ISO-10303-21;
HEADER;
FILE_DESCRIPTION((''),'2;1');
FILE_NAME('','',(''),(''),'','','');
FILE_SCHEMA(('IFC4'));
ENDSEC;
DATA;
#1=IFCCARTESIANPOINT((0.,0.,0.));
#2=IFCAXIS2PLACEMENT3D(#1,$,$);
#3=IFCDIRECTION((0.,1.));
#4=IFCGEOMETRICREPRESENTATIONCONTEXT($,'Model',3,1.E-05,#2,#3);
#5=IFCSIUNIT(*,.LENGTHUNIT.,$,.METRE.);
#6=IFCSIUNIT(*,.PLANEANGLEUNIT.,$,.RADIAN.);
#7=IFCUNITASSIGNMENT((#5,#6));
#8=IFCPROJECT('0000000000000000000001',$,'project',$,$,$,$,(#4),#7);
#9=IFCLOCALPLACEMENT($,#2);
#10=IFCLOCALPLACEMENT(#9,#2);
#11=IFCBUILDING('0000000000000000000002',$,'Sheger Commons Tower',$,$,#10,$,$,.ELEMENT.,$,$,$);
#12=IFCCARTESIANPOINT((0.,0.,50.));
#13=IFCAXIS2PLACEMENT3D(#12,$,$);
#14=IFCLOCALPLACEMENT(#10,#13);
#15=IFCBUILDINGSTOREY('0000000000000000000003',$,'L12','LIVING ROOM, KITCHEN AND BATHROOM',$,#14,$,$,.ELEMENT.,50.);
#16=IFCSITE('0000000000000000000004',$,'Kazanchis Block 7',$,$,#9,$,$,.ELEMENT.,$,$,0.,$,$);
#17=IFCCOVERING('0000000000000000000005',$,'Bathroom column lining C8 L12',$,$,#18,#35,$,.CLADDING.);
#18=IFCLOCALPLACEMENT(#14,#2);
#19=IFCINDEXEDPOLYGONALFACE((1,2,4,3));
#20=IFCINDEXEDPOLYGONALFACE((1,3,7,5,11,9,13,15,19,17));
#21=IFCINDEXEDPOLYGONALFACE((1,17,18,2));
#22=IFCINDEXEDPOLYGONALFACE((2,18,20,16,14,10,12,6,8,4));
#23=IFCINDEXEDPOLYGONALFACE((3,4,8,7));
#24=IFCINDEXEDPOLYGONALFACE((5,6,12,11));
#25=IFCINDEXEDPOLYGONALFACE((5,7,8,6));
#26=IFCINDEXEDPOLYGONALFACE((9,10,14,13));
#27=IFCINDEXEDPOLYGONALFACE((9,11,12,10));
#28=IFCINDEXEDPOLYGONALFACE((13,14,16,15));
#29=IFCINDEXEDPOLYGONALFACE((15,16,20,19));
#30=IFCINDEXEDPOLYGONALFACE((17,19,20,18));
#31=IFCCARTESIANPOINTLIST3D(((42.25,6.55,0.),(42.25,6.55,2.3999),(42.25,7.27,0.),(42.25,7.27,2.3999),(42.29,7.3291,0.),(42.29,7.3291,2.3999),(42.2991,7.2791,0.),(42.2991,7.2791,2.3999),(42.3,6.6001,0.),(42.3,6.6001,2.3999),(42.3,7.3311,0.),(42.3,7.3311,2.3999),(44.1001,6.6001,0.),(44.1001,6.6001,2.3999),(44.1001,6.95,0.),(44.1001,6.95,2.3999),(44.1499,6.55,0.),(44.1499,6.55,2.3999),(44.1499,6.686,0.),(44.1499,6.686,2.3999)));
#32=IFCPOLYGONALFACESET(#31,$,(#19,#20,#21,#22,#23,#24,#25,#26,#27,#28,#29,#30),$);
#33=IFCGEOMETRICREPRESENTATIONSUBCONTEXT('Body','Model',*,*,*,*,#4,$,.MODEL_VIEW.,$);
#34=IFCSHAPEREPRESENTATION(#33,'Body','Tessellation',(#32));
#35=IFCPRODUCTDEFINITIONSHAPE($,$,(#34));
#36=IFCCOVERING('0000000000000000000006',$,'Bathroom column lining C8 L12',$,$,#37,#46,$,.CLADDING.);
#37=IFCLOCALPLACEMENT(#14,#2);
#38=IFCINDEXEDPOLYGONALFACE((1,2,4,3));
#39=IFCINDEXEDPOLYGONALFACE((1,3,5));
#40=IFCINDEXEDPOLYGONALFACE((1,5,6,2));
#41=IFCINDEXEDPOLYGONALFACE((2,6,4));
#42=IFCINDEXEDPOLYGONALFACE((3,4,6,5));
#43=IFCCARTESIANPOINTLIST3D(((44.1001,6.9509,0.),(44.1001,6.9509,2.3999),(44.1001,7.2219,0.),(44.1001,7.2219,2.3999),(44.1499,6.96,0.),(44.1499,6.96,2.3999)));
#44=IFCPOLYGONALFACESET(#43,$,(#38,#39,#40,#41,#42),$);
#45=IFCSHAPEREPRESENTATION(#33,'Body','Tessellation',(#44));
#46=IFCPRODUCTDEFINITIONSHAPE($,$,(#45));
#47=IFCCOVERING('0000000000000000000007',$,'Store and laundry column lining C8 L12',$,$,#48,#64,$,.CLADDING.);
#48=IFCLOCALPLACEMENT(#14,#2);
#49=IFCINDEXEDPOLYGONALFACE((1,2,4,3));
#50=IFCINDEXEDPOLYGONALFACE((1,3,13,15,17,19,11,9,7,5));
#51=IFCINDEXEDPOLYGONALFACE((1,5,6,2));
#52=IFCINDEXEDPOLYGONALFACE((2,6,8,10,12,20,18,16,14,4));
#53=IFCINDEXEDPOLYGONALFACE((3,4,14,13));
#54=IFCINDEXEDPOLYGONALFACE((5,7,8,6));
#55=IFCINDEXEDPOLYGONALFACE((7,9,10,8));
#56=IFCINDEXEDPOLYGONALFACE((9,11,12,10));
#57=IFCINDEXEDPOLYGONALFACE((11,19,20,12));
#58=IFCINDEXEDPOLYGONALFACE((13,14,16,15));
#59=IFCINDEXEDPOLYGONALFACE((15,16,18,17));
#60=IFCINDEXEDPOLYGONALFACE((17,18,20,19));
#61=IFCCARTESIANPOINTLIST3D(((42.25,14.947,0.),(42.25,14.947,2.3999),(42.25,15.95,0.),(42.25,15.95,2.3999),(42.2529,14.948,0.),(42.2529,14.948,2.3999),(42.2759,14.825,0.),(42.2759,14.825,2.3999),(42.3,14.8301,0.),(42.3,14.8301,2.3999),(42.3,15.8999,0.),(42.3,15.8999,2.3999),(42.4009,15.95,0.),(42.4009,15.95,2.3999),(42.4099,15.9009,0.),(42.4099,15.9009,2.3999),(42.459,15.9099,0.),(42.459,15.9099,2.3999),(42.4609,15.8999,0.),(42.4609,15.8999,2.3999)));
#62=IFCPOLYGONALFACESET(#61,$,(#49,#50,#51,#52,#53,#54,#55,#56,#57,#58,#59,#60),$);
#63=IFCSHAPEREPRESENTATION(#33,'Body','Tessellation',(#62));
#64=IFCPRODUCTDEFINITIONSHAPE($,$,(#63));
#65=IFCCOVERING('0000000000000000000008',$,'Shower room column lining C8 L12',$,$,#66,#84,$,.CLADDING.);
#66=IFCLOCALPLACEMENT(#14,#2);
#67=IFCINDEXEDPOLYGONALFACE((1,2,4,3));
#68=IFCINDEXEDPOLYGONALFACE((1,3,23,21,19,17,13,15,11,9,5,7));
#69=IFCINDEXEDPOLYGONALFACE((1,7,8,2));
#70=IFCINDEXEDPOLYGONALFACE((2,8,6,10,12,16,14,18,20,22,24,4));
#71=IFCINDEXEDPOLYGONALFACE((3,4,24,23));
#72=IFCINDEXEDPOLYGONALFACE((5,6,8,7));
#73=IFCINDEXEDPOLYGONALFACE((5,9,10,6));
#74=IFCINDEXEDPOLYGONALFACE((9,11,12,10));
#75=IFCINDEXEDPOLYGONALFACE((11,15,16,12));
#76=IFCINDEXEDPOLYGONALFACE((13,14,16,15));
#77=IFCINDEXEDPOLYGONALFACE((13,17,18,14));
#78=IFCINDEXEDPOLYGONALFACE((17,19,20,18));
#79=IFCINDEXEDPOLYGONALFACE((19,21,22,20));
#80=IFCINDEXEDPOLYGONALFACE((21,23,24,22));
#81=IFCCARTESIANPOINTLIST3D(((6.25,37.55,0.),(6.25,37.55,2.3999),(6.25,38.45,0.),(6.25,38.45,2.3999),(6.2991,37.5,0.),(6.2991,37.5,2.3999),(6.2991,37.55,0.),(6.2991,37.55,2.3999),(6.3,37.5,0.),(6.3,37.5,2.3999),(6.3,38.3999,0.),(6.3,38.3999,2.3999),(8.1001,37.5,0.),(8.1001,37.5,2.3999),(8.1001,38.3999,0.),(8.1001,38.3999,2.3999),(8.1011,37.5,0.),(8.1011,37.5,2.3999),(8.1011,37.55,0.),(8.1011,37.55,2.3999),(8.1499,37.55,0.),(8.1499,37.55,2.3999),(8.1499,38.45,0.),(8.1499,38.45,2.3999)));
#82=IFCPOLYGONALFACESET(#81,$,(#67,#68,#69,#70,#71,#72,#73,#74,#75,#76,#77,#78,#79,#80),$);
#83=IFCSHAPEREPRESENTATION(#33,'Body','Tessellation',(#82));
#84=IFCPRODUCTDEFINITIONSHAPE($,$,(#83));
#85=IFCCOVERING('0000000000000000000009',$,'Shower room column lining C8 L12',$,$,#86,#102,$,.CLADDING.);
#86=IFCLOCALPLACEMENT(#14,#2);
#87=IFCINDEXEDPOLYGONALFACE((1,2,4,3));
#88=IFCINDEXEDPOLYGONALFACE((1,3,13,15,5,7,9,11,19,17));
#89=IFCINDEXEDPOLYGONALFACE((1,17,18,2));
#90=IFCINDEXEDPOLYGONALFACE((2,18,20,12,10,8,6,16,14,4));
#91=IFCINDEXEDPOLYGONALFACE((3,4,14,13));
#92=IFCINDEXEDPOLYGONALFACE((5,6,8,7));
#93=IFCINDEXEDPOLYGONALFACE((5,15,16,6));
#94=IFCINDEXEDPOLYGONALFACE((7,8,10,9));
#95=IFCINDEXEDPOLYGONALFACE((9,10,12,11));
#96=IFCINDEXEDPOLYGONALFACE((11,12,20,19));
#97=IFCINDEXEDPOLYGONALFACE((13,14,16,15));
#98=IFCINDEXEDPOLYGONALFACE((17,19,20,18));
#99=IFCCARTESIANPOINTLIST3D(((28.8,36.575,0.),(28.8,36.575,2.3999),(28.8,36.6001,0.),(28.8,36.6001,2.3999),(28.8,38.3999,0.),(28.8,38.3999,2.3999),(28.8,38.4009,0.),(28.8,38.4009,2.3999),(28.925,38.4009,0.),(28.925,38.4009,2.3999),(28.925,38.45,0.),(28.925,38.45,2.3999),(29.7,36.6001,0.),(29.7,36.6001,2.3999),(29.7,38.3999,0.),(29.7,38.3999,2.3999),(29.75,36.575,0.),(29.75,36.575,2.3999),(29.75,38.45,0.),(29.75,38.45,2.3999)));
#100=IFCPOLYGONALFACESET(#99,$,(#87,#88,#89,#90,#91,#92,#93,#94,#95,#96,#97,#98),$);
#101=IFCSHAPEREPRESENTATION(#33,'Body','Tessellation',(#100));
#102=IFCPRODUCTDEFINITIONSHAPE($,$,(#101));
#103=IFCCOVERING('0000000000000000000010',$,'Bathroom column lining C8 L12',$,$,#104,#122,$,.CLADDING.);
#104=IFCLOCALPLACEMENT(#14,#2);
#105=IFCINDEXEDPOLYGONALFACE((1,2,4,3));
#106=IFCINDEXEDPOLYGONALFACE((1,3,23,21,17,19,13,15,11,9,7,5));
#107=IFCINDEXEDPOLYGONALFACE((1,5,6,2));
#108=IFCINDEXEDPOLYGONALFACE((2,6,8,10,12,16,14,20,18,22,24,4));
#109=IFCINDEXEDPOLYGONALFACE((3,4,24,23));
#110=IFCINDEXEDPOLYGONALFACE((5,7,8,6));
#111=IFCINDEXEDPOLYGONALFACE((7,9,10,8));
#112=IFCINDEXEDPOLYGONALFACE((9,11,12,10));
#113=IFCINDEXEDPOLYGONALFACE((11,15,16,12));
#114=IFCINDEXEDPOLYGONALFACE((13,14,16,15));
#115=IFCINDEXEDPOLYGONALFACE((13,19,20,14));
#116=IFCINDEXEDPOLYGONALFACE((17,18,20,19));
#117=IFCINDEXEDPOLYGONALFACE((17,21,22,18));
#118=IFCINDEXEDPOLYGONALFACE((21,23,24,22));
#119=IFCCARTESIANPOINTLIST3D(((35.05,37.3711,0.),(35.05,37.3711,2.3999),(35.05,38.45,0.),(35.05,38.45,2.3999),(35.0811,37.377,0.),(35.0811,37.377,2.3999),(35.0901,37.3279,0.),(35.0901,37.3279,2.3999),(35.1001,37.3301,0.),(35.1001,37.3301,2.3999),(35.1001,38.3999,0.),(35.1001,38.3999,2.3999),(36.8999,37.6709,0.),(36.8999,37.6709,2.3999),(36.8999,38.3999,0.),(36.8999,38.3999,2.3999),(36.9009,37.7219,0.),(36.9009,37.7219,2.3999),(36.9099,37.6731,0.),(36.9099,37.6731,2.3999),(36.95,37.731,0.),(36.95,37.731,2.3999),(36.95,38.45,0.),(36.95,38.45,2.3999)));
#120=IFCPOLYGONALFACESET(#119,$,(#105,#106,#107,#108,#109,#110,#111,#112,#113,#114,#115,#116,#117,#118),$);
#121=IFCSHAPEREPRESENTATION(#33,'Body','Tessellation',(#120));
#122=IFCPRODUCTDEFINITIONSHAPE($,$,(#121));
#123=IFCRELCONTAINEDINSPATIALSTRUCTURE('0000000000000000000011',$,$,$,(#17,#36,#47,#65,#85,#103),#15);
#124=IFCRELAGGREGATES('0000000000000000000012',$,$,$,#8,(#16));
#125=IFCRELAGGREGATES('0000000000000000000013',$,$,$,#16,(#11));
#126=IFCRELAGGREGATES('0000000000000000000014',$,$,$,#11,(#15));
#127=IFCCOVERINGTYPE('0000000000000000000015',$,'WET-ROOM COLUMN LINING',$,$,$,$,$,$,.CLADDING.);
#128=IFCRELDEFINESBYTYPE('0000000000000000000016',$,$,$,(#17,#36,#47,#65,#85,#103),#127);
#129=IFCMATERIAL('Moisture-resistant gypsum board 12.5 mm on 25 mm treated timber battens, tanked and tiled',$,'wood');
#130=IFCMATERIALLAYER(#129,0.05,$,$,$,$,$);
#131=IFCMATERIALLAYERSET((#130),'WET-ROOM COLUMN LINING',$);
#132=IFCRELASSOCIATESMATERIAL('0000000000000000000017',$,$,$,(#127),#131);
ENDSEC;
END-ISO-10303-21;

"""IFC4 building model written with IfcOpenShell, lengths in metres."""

from ifc_helpers import new_model, si_unit, direction, frame, origin, place, context, subcontext, project, spatial, polyline, outline, extrude, material, layer, layer_set, type_object, element, save


model = new_model("IFC4")

# Units and contexts
model_context = context("Model", 3, precision=1e-05, world=origin(), true_north=direction((0.0, 1.0)))
body_context = subcontext(model_context, "Body", "Model", "MODEL_VIEW")
ifc_project = project(units=[si_unit("LENGTHUNIT", "METRE"), si_unit("PLANEANGLEUNIT", "RADIAN")], contexts=[model_context])

# Site, building, storey
site_placement = place(None, origin())
site = spatial("IfcSite", under=ifc_project, at=site_placement, Name="Kazanchis Block 7", CompositionType="ELEMENT", RefElevation=0.0)
building_placement = place(site_placement, origin())
building = spatial("IfcBuilding", under=site, at=building_placement, Name="Sheger Commons Tower", CompositionType="ELEMENT")
storey_placement = place(building_placement, frame((0.0, 0.0, 50.0)))
storey = spatial("IfcBuildingStorey", under=building, at=storey_placement, Name="L12", Description="LIVING ROOM, KITCHEN AND BATHROOM", CompositionType="ELEMENT", Elevation=50.0)

# Coverings
ifc_material_1 = material(Name="Moisture-resistant gypsum board 12.5 mm on 25 mm treated timber battens, tanked and tiled", Category="wood")
ifc_layer_1 = layer(ifc_material_1, 0.05)
ifc_layer_set_1 = layer_set([ifc_layer_1], Name="WET-ROOM COLUMN LINING")
covering_type_1 = type_object("IfcCoveringType", Name="WET-ROOM COLUMN LINING", PredefinedType="CLADDING", material=ifc_layer_set_1)
covering_1_placement = place(storey_placement, origin())
element("IfcCovering", 1, at=covering_1_placement, inside=storey, type_object=covering_type_1, Name="Bathroom column lining C8 L12", PredefinedType="CLADDING", context=body_context, shape_type="SweptSolid", body=[
    extrude(outline(polyline([(42.3, 7.3311), (42.3, 6.6001), (44.1001, 6.6001), (44.1001, 6.95), (44.1499, 6.686), (44.1499, 6.55), (42.25, 6.55), (42.25, 7.27), (42.2991, 7.2791), (42.29, 7.3291), (42.3, 7.3311)])), origin(), (0.0, 0.0, 1.0), 2.3999),
])
covering_2_placement = place(storey_placement, origin())
element("IfcCovering", 2, at=covering_2_placement, inside=storey, type_object=covering_type_1, Name="Bathroom column lining C8 L12", PredefinedType="CLADDING", context=body_context, shape_type="SweptSolid", body=[
    extrude(outline(polyline([(44.1001, 7.2219), (44.1499, 6.96), (44.1001, 6.9509), (44.1001, 7.2219)])), origin(), (0.0, 0.0, 1.0), 2.3999),
])
covering_3_placement = place(storey_placement, origin())
element("IfcCovering", 3, at=covering_3_placement, inside=storey, type_object=covering_type_1, Name="Store and laundry column lining C8 L12", PredefinedType="CLADDING", context=body_context, shape_type="SweptSolid", body=[
    extrude(outline(polyline([(42.4009, 15.95), (42.4099, 15.9009), (42.459, 15.9099), (42.4609, 15.8999), (42.3, 15.8999), (42.3, 14.8301), (42.2759, 14.825), (42.2529, 14.948), (42.25, 14.947), (42.25, 15.95), (42.4009, 15.95)])), origin(), (0.0, 0.0, 1.0), 2.3999),
])
covering_4_placement = place(storey_placement, origin())
element("IfcCovering", 4, at=covering_4_placement, inside=storey, type_object=covering_type_1, Name="Shower room column lining C8 L12", PredefinedType="CLADDING", context=body_context, shape_type="SweptSolid", body=[
    extrude(outline(polyline([(8.1499, 38.45), (8.1499, 37.55), (8.1011, 37.55), (8.1011, 37.5), (8.1001, 37.5), (8.1001, 38.3999), (6.3, 38.3999), (6.3, 37.5), (6.2991, 37.5), (6.2991, 37.55), (6.25, 37.55), (6.25, 38.45), (8.1499, 38.45)])), origin(), (0.0, 0.0, 1.0), 2.3999),
])
covering_5_placement = place(storey_placement, origin())
element("IfcCovering", 5, at=covering_5_placement, inside=storey, type_object=covering_type_1, Name="Shower room column lining C8 L12", PredefinedType="CLADDING", context=body_context, shape_type="SweptSolid", body=[
    extrude(outline(polyline([(29.75, 36.575), (28.8, 36.575), (28.8, 36.6001), (29.7, 36.6001), (29.7, 38.3999), (28.8, 38.3999), (28.8, 38.4009), (28.925, 38.4009), (28.925, 38.45), (29.75, 38.45), (29.75, 36.575)])), origin(), (0.0, 0.0, 1.0), 2.3999),
])
covering_6_placement = place(storey_placement, origin())
element("IfcCovering", 6, at=covering_6_placement, inside=storey, type_object=covering_type_1, Name="Bathroom column lining C8 L12", PredefinedType="CLADDING", context=body_context, shape_type="SweptSolid", body=[
    extrude(outline(polyline([(36.95, 38.45), (36.95, 37.731), (36.9009, 37.7219), (36.9099, 37.6731), (36.8999, 37.6709), (36.8999, 38.3999), (35.1001, 38.3999), (35.1001, 37.3301), (35.0901, 37.3279), (35.0811, 37.377), (35.05, 37.3711), (35.05, 38.45), (36.95, 38.45)])), origin(), (0.0, 0.0, 1.0), 2.3999),
])

save(model, "model.ifc")
